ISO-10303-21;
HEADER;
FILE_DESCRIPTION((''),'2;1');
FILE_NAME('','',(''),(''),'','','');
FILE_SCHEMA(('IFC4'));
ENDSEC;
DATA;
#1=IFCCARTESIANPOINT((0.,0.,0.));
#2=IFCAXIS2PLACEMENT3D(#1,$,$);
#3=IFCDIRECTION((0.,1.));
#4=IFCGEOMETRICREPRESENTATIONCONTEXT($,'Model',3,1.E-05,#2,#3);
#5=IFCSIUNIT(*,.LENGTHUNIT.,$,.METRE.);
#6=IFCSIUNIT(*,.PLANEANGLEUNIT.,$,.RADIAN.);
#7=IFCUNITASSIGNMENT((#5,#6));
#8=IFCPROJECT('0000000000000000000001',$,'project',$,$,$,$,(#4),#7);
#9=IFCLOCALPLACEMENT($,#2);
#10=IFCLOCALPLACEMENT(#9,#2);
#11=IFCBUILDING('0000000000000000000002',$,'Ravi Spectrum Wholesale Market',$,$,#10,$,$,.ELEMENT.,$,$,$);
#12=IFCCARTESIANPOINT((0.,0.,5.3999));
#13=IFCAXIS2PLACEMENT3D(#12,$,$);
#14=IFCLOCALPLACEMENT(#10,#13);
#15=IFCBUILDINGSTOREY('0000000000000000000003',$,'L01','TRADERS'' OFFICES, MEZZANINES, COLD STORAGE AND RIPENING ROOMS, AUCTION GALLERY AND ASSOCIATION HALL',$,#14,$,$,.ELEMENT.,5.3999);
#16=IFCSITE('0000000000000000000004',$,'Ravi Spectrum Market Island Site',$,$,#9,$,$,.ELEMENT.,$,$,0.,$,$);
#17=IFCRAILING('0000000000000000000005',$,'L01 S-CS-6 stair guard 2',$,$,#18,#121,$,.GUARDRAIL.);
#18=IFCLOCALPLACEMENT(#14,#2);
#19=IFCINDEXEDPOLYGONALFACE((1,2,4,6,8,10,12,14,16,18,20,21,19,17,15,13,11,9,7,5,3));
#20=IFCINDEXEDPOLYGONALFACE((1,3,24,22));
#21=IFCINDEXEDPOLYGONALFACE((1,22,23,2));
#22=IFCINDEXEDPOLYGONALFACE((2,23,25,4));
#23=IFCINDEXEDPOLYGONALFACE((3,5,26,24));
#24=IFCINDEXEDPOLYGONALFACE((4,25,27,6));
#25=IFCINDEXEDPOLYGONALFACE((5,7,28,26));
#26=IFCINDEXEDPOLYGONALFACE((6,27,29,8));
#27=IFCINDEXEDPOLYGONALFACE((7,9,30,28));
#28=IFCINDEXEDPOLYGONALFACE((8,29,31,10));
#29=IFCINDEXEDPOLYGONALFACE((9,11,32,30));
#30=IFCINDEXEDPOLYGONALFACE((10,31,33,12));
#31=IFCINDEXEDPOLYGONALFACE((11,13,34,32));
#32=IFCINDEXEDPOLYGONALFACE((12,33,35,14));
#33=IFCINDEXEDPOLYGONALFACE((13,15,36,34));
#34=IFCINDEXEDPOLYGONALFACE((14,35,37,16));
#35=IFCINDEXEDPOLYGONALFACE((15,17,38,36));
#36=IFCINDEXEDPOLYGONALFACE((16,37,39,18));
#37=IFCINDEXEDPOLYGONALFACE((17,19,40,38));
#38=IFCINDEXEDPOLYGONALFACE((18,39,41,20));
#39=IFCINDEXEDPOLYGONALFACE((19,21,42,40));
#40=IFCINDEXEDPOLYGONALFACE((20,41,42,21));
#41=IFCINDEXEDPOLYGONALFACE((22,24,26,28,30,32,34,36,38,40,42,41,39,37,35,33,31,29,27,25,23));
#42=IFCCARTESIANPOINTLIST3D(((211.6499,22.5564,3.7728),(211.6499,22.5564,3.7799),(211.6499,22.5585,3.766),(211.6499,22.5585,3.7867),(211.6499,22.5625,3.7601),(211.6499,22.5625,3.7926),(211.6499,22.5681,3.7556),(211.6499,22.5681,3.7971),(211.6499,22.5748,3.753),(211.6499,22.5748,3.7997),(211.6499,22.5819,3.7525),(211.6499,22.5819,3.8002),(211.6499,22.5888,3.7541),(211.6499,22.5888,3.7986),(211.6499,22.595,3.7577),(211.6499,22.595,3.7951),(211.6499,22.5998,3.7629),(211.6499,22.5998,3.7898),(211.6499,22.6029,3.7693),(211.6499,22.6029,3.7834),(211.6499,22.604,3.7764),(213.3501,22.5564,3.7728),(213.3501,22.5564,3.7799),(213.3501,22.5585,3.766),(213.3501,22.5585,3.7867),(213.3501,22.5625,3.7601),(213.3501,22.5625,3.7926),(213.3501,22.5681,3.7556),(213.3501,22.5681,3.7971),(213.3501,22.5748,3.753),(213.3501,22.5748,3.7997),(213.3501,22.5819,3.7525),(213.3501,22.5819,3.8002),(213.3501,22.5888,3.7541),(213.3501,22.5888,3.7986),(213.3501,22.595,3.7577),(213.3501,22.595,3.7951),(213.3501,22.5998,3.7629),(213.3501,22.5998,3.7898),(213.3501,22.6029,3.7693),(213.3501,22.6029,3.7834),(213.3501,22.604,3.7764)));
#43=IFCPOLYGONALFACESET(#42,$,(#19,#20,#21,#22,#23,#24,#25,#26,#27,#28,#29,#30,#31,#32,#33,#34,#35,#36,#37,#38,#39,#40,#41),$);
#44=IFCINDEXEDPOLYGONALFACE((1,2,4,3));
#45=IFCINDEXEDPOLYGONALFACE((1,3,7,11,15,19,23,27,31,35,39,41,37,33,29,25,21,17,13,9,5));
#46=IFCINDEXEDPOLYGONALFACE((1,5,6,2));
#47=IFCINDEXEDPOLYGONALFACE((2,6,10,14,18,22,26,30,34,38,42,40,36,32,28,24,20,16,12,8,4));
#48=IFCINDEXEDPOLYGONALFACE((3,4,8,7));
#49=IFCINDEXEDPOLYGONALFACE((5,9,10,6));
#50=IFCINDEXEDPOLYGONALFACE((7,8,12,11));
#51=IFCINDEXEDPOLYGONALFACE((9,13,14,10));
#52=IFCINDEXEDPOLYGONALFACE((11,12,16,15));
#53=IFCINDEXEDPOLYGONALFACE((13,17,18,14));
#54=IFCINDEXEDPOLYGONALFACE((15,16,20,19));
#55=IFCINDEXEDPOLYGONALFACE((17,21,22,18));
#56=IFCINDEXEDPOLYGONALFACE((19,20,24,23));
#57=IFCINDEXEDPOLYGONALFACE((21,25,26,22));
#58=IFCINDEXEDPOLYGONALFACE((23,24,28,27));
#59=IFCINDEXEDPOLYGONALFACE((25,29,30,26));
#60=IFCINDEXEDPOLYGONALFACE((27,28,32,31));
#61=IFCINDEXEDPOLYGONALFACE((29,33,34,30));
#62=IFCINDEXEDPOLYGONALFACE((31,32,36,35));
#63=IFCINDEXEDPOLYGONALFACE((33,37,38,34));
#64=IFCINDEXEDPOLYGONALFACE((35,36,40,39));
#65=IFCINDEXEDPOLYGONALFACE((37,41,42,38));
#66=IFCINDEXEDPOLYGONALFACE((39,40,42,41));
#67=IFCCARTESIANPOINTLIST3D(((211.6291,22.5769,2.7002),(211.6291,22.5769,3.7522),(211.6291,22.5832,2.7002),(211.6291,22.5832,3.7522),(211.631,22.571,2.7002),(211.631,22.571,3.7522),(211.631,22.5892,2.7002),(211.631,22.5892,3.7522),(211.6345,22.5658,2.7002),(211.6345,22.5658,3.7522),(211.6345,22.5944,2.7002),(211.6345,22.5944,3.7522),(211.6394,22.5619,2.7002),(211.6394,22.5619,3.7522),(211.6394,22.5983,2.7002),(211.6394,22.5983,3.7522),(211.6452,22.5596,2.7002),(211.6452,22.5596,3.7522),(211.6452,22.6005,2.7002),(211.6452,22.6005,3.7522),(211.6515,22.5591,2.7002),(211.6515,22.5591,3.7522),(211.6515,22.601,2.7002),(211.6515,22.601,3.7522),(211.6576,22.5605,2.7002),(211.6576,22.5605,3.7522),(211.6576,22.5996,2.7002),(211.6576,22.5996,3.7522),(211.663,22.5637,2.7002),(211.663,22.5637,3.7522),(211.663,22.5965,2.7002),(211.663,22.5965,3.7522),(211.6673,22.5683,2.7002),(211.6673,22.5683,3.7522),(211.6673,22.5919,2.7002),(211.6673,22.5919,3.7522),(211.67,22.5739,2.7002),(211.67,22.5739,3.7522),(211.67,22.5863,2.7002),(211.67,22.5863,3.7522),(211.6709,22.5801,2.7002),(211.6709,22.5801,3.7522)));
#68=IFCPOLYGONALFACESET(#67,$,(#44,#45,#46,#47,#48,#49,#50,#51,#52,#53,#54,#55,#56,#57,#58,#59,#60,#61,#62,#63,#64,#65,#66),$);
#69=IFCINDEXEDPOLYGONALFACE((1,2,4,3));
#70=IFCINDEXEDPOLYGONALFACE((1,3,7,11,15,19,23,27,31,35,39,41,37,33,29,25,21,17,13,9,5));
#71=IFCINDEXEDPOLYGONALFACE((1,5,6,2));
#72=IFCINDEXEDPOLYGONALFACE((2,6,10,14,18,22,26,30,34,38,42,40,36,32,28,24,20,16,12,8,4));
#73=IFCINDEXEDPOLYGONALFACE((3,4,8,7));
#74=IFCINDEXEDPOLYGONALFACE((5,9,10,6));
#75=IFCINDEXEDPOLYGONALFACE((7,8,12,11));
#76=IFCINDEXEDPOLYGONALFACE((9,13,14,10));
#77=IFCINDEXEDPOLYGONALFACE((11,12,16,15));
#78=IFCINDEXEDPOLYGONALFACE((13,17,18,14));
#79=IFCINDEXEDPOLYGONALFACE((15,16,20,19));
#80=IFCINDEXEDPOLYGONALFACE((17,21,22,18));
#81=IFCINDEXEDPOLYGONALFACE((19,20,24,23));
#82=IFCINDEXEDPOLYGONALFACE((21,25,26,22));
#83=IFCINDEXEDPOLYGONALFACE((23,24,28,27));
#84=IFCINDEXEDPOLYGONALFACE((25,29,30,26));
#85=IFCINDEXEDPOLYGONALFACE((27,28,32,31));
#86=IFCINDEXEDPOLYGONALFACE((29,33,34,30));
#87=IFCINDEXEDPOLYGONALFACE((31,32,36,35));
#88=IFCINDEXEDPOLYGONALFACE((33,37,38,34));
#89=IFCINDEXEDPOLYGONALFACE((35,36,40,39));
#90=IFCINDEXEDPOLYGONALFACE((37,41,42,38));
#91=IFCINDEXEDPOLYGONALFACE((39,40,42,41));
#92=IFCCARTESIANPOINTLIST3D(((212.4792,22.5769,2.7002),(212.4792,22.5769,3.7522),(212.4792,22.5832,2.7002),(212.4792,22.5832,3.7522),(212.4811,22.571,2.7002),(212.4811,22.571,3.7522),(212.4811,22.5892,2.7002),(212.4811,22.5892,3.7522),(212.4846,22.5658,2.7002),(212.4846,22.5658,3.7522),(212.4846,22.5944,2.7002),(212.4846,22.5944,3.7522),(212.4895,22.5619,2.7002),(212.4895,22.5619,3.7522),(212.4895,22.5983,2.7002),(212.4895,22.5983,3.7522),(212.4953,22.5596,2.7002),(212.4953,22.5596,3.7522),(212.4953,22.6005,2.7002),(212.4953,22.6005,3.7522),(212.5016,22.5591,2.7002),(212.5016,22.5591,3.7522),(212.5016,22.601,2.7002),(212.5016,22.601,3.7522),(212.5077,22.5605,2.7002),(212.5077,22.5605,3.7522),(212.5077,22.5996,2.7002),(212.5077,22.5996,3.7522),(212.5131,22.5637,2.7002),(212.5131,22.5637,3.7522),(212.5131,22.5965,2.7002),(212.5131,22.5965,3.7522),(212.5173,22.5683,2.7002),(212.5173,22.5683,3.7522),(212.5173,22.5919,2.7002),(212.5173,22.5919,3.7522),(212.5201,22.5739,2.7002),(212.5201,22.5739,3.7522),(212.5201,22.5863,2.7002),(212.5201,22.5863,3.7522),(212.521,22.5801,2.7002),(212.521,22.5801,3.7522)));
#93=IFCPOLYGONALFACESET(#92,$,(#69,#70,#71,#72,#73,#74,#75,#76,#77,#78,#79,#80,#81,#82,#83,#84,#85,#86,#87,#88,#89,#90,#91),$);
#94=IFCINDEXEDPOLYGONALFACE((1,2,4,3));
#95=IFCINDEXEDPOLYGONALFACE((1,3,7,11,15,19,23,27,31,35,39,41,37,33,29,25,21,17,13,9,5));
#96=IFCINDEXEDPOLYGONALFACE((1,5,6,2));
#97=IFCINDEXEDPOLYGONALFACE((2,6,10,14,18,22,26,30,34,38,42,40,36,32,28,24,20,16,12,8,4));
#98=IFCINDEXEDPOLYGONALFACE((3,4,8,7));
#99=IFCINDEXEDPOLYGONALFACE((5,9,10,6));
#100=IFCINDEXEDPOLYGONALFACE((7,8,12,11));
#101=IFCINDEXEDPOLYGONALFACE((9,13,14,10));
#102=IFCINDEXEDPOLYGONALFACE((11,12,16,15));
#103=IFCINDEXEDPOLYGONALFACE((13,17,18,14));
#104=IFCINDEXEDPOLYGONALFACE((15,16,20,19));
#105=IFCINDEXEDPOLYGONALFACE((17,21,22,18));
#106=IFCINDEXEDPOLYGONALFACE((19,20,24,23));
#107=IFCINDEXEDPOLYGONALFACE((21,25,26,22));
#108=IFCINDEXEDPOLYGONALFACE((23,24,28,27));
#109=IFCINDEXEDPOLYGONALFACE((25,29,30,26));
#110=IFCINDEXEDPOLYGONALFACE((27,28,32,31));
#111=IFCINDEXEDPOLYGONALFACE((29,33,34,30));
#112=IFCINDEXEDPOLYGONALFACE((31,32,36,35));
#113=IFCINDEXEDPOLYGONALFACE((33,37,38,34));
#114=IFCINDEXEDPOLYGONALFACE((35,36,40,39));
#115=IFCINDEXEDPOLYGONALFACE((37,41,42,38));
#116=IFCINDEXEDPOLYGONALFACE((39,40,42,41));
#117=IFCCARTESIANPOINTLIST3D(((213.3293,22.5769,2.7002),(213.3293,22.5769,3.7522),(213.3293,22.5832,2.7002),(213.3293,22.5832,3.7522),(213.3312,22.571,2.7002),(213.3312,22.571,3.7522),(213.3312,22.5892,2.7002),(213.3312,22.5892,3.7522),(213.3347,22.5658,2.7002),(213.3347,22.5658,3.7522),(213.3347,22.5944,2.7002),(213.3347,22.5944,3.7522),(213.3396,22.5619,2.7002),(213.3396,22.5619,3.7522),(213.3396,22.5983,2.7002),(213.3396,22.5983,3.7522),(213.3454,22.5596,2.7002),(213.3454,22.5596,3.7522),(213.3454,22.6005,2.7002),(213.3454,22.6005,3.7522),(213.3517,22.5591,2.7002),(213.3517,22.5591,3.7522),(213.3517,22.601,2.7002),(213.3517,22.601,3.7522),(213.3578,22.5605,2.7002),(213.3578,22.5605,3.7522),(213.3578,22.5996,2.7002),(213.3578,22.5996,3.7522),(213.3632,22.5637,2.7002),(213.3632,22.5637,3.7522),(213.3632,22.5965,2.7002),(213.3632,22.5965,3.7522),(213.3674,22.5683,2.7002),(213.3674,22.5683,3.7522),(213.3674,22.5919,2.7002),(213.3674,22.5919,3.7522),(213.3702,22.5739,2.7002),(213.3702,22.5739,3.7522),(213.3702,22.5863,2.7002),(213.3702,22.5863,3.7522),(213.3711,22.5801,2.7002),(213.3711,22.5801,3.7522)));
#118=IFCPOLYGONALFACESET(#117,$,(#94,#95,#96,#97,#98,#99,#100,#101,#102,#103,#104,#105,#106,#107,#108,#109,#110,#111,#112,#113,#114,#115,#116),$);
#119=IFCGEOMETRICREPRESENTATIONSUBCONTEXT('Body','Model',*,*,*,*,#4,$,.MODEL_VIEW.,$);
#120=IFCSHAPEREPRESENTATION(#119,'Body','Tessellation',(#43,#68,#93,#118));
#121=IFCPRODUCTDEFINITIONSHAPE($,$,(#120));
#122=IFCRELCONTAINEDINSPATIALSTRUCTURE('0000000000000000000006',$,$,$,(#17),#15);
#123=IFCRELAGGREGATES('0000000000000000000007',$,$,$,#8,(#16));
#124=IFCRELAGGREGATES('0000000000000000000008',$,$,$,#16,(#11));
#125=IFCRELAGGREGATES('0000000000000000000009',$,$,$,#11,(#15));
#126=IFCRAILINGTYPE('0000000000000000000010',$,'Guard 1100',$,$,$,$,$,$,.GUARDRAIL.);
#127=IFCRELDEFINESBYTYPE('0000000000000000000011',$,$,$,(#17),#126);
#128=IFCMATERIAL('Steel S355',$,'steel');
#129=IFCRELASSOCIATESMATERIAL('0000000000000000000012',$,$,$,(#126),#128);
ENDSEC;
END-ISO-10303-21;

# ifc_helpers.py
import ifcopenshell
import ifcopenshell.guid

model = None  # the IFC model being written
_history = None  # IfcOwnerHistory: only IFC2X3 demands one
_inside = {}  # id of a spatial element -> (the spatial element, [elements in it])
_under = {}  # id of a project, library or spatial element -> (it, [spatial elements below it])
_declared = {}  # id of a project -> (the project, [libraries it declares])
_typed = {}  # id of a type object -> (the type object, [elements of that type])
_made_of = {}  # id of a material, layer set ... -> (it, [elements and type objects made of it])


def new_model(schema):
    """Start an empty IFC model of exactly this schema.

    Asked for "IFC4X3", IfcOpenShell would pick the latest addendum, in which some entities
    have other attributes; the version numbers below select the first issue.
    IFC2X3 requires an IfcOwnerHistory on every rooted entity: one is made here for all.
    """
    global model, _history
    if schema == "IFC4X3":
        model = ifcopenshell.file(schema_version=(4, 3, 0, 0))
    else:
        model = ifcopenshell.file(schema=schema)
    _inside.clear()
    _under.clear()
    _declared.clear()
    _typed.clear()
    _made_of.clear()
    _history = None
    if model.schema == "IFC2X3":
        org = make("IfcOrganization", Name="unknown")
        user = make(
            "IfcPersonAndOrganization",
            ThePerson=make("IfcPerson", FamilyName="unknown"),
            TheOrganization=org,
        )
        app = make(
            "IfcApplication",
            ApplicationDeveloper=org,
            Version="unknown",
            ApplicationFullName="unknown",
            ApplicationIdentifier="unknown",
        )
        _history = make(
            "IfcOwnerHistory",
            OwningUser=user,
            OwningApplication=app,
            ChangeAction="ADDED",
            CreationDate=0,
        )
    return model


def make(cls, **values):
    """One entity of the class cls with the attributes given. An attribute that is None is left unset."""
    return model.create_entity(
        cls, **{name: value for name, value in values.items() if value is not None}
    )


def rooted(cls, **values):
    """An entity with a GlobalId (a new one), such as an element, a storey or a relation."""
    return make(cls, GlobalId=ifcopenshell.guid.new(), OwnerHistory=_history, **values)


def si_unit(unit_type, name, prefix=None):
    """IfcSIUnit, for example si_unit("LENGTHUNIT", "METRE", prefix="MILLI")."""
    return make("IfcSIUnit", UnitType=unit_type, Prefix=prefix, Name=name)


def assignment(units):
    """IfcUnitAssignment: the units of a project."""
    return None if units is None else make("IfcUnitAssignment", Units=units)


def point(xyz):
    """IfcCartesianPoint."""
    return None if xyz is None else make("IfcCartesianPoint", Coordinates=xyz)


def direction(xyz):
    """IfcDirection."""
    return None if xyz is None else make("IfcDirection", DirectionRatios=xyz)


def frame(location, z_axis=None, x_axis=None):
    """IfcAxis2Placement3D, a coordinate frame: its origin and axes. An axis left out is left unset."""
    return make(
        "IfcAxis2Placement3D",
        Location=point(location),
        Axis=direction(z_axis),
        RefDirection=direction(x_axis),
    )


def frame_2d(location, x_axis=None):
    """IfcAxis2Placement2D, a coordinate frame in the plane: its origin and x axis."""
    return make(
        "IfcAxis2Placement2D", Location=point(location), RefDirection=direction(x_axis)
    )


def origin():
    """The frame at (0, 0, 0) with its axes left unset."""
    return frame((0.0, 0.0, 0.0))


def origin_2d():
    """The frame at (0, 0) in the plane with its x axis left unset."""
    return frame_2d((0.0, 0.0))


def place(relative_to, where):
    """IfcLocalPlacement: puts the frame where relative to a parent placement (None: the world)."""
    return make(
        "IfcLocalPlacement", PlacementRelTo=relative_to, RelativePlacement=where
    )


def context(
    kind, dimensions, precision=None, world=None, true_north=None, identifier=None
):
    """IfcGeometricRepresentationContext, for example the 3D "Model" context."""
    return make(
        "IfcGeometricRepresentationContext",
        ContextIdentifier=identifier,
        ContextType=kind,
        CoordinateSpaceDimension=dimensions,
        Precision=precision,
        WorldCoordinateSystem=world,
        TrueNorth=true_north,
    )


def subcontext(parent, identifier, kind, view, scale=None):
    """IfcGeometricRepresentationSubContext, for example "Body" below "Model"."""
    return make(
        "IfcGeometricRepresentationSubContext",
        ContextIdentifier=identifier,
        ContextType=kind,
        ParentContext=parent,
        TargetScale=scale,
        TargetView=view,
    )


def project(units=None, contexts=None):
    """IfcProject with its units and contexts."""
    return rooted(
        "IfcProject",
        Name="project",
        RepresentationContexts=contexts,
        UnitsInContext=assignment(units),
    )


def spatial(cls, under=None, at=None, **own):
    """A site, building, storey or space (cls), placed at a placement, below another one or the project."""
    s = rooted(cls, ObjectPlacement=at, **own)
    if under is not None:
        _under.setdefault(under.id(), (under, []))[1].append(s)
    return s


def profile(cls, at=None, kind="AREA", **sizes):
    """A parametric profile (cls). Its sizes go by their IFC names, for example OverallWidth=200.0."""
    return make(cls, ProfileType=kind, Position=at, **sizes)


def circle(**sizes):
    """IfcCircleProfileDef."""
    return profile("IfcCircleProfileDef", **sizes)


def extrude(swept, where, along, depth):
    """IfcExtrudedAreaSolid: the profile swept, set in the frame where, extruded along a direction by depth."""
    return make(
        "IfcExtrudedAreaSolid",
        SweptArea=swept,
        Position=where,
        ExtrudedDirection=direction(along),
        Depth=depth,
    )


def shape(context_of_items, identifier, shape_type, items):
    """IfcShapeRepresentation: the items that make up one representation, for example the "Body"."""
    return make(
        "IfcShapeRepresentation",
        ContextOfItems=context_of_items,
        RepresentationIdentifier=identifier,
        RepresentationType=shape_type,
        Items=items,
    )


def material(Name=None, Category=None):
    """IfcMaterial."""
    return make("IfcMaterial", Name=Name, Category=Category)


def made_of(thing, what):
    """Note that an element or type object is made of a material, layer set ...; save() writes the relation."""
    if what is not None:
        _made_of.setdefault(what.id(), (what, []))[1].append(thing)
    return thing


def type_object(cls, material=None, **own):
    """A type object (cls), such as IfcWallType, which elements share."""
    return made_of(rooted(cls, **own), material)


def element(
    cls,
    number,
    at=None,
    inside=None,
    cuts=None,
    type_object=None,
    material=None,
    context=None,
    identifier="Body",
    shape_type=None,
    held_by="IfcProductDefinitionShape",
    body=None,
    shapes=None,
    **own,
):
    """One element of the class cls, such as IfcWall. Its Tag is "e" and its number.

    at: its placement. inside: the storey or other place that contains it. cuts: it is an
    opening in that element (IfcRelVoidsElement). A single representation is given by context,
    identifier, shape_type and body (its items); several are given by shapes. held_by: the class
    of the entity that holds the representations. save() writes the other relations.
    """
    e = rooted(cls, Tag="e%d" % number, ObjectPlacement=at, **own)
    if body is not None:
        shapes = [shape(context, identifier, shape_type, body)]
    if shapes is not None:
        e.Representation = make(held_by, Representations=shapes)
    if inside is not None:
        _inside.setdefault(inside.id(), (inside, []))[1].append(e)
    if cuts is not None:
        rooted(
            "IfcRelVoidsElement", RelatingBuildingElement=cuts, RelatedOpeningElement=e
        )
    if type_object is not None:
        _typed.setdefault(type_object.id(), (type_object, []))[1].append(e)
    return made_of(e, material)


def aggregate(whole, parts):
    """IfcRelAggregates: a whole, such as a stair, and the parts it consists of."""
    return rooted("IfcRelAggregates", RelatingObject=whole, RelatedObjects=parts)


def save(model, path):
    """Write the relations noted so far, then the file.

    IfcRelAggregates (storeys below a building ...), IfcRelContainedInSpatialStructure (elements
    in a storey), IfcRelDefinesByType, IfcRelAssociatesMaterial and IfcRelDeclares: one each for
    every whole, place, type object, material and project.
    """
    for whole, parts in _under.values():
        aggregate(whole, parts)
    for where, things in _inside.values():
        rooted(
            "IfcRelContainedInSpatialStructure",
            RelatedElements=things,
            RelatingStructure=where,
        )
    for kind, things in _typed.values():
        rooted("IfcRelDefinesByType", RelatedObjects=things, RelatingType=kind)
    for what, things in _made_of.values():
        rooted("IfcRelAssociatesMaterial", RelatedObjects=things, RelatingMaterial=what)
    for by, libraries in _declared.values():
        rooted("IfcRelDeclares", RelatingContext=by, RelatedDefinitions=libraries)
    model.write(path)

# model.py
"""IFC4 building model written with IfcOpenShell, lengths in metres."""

from ifc_helpers import new_model, si_unit, direction, frame, origin, origin_2d, place, context, subcontext, project, spatial, circle, extrude, material, type_object, element, save


model = new_model("IFC4")

# Units and contexts
model_context = context("Model", 3, precision=1e-05, world=origin(), true_north=direction((0.0, 1.0)))
body_context = subcontext(model_context, "Body", "Model", "MODEL_VIEW")
ifc_project = project(units=[si_unit("LENGTHUNIT", "METRE"), si_unit("PLANEANGLEUNIT", "RADIAN")], contexts=[model_context])

# Site, building, storey
site_placement = place(None, origin())
site = spatial("IfcSite", under=ifc_project, at=site_placement, Name="Ravi Spectrum Market Island Site", CompositionType="ELEMENT", RefElevation=0.0)
building_placement = place(site_placement, origin())
building = spatial("IfcBuilding", under=site, at=building_placement, Name="Ravi Spectrum Wholesale Market", CompositionType="ELEMENT")
storey_placement = place(building_placement, frame((0.0, 0.0, 5.3999)))
storey = spatial("IfcBuildingStorey", under=building, at=storey_placement, Name="L01", Description="TRADERS' OFFICES, MEZZANINES, COLD STORAGE AND RIPENING ROOMS, AUCTION GALLERY AND ASSOCIATION HALL", CompositionType="ELEMENT", Elevation=5.3999)

# Railing
ifc_material_1 = material(Name="Steel S355", Category="steel")
railing_type_1 = type_object("IfcRailingType", Name="Guard 1100", PredefinedType="GUARDRAIL", material=ifc_material_1)
railing_1_placement = place(storey_placement, frame((211.6499, 22.5801, 2.7002)))
element("IfcRailing", 1, at=railing_1_placement, inside=storey, type_object=railing_type_1, Name="L01 S-CS-6 stair guard 2", PredefinedType="GUARDRAIL", context=body_context, shape_type="SweptSolid", body=[
    extrude(circle(Radius=0.0239, at=origin_2d()), frame((0.0, 0.0, 1.0762), z_axis=(1.0, 0.0, 0.0), x_axis=(0.0, 1.0, 0.0)), (0.0, 0.0, 1.0), 1.7002),
    extrude(circle(Radius=0.021, at=origin_2d()), origin(), (0.0, 0.0, 1.0), 1.052),
    extrude(circle(Radius=0.021, at=origin_2d()), frame((0.8501, 0.0, 0.0)), (0.0, 0.0, 1.0), 1.052),
    extrude(circle(Radius=0.021, at=origin_2d()), frame((1.7002, 0.0, 0.0)), (0.0, 0.0, 1.0), 1.052),
])

save(model, "model.ifc")
